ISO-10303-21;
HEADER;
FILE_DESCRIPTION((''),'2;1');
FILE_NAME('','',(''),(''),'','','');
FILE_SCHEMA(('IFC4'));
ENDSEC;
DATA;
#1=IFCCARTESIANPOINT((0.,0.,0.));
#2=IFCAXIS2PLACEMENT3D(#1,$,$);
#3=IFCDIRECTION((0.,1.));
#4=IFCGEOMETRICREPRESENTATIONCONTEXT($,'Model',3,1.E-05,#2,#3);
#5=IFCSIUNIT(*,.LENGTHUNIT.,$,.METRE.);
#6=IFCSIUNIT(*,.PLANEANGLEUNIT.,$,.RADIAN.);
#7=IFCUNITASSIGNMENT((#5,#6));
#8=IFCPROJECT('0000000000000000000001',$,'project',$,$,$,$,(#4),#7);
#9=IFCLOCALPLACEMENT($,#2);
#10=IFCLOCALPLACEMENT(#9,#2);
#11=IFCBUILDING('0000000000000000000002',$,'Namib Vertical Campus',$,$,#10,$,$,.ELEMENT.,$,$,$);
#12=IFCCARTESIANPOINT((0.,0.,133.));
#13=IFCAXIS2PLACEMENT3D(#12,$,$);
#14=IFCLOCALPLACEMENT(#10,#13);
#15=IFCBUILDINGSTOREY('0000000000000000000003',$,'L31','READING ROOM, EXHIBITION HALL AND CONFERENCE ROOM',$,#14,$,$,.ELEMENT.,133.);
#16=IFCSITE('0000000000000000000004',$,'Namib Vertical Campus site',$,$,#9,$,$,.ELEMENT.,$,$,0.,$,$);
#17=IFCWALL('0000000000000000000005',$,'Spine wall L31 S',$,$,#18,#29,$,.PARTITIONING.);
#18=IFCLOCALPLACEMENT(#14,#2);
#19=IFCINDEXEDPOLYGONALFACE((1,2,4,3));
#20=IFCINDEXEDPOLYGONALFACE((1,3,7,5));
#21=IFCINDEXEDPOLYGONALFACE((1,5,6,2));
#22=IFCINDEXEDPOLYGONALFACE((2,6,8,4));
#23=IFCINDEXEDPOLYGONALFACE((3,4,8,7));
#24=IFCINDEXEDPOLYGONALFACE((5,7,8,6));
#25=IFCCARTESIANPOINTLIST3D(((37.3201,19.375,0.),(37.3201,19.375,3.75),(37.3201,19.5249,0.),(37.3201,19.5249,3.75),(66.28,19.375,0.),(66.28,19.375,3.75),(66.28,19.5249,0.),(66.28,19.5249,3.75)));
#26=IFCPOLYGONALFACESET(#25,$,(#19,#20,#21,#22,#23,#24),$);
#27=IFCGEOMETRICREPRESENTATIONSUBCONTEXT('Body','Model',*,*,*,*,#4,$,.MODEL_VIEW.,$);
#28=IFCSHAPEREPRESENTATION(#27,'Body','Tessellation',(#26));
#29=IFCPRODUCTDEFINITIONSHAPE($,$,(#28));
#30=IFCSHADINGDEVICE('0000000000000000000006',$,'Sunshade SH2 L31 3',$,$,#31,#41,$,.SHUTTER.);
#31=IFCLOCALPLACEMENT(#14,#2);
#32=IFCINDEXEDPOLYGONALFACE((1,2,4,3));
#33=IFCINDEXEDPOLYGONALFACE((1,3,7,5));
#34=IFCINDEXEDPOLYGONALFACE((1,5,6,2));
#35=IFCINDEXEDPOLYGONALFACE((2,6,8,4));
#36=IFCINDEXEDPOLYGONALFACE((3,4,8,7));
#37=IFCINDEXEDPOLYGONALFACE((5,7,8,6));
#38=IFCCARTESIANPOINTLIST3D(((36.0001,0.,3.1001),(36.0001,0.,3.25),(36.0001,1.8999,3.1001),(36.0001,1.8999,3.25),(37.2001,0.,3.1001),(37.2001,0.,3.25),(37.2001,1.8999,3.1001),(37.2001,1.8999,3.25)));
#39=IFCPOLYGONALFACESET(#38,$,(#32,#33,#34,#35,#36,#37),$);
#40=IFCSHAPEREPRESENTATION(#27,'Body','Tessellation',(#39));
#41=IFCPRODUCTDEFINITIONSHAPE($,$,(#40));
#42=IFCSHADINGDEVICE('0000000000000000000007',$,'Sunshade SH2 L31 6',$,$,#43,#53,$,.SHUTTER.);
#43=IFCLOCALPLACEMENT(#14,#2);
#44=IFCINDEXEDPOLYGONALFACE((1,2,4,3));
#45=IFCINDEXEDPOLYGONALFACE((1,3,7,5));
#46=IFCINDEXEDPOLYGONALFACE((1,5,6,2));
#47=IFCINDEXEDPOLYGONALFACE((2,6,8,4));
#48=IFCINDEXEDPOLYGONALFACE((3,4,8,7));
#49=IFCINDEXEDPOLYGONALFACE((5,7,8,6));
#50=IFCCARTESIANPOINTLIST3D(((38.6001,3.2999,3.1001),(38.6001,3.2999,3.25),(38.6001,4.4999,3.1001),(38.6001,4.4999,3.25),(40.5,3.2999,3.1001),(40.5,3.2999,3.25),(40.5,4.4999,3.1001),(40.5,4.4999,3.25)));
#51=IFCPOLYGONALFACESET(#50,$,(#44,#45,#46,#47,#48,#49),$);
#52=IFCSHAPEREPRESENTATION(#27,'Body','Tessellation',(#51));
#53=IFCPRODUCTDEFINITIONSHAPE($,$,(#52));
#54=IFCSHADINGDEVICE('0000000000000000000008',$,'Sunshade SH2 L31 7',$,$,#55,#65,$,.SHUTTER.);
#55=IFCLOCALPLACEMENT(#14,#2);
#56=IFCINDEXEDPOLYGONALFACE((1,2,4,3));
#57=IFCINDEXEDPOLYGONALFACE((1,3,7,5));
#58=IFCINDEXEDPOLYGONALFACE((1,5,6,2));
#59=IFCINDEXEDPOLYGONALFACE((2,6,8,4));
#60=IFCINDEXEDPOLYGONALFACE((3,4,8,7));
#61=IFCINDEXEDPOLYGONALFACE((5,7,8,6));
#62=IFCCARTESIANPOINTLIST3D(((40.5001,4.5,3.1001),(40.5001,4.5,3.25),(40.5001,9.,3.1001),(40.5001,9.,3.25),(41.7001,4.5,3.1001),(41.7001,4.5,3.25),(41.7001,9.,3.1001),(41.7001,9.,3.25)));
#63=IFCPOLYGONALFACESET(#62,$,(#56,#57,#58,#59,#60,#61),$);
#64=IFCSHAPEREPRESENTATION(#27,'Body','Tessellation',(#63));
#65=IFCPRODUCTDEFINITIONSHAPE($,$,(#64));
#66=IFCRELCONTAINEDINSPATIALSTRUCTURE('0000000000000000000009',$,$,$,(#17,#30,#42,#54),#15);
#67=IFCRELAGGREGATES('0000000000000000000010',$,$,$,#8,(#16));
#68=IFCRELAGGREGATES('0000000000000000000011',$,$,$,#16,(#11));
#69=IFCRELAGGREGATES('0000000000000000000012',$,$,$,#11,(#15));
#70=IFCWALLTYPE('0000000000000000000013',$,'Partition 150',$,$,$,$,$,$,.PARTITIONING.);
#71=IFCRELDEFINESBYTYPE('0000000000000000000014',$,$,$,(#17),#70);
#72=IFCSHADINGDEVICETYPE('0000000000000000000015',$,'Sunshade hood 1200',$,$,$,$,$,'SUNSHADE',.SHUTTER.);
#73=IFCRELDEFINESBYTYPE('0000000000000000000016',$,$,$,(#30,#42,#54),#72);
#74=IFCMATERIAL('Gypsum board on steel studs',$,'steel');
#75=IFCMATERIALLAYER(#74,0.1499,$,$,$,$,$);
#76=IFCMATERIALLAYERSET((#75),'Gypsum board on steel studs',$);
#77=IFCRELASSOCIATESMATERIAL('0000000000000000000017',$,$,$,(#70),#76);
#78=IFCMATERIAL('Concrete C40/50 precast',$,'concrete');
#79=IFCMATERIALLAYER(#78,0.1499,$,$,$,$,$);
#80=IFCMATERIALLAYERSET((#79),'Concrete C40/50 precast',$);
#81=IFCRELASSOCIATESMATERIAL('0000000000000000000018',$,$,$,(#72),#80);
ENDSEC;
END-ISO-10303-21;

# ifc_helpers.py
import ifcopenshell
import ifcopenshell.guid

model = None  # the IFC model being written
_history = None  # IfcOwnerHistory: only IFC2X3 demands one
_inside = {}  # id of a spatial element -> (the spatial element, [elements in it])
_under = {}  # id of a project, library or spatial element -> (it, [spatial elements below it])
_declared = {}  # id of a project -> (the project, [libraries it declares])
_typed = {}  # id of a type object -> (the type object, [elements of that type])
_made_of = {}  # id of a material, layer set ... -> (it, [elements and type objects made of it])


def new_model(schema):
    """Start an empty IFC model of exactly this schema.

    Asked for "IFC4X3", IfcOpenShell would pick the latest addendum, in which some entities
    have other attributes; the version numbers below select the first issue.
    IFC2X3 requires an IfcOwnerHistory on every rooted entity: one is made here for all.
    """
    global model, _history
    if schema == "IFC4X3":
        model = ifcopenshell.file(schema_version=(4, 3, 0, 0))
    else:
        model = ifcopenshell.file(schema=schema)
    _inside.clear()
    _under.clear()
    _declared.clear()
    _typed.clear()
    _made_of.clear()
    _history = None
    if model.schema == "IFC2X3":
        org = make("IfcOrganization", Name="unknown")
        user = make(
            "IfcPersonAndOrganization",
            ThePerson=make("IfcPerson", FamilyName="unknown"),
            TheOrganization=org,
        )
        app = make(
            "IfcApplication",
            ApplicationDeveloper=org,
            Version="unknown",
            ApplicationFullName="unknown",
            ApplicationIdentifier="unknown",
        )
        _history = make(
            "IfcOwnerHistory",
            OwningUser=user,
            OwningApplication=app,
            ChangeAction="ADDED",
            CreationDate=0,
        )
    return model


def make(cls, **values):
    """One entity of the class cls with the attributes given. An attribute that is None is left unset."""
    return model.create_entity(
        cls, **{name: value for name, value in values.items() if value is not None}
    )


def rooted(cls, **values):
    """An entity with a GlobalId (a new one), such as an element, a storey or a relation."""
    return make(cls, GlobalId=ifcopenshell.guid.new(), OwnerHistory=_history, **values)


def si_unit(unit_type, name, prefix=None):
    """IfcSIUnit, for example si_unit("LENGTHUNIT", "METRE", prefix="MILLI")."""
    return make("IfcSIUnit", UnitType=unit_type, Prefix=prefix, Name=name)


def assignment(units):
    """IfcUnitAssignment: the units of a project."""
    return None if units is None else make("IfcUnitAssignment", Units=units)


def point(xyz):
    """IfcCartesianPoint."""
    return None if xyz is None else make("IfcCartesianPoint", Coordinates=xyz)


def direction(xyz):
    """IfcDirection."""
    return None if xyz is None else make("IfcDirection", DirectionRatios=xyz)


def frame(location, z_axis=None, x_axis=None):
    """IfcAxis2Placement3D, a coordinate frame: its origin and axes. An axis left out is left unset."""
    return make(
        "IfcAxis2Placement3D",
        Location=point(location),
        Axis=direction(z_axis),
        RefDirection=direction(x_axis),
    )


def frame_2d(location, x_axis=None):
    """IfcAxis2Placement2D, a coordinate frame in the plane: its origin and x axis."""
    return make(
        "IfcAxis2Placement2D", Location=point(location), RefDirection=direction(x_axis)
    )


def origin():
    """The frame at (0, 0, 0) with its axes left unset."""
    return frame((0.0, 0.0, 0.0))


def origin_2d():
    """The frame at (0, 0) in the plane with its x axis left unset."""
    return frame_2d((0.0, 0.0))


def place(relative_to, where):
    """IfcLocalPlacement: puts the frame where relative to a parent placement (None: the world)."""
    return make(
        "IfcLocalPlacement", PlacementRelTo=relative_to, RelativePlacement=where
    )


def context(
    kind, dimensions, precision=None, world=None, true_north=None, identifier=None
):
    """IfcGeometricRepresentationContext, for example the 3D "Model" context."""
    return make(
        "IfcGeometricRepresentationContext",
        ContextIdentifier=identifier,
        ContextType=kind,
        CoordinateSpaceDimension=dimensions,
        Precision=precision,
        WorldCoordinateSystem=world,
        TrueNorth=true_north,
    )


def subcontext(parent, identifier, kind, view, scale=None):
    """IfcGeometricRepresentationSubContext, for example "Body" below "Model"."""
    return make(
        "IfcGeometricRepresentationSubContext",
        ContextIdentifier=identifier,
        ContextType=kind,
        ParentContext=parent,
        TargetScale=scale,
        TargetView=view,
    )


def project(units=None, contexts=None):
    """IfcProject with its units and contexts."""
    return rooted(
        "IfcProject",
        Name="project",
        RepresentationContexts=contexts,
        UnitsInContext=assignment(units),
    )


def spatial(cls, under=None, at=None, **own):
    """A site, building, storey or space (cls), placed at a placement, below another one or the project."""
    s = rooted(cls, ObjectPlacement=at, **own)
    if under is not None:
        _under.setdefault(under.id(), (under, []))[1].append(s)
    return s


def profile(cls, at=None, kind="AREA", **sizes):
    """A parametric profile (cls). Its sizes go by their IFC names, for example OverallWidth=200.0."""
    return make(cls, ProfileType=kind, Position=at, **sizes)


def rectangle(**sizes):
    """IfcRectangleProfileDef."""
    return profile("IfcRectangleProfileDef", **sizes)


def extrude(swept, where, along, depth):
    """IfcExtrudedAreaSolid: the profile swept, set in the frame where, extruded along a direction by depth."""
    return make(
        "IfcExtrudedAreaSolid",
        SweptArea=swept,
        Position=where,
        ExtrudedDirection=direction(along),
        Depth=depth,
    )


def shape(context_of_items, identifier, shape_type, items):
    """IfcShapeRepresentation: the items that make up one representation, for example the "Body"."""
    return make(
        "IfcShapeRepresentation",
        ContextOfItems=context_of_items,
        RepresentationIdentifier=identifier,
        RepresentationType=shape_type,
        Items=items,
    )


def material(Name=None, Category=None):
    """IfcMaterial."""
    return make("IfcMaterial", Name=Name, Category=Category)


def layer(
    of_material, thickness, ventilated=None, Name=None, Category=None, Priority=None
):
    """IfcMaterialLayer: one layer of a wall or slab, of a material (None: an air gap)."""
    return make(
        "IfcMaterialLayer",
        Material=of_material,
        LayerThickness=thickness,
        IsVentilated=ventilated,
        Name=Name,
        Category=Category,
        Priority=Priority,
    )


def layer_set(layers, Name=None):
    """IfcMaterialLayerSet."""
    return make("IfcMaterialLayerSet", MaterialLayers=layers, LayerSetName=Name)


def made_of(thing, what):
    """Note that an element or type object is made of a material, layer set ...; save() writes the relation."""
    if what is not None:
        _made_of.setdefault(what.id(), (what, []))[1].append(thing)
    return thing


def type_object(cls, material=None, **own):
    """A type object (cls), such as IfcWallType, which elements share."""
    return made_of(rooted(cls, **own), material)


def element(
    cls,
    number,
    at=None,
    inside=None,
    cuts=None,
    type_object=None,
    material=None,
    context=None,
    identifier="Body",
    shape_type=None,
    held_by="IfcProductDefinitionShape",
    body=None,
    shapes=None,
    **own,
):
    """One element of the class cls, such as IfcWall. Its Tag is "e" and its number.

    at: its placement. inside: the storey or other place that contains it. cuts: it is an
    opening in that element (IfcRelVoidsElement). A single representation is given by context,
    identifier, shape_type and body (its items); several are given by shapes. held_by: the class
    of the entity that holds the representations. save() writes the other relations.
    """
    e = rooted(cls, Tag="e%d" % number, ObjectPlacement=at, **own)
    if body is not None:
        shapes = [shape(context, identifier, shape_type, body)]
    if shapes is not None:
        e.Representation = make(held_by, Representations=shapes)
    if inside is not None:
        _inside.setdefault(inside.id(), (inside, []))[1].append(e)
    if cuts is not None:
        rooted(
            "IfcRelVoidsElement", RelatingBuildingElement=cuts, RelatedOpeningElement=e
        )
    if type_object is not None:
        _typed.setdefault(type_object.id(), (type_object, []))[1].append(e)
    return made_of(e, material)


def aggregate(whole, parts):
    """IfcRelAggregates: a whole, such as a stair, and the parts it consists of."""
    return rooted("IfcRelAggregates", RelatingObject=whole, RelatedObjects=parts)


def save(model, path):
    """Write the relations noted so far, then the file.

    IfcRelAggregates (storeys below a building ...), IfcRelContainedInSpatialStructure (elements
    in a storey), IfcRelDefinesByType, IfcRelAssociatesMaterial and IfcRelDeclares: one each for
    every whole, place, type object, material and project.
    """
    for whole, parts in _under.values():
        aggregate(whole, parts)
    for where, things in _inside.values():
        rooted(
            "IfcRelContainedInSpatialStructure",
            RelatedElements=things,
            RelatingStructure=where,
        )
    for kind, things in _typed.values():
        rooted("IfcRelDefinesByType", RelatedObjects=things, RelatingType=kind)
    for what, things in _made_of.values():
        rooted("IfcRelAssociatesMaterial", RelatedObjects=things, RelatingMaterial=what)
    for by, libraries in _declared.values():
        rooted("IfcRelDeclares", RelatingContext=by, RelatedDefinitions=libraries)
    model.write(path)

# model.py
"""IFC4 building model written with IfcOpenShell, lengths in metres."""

from ifc_helpers import new_model, si_unit, direction, frame, frame_2d, origin, origin_2d, place, context, subcontext, project, spatial, rectangle, extrude, material, layer, layer_set, type_object, element, save


model = new_model("IFC4")

# Units and contexts
model_context = context("Model", 3, precision=1e-05, world=origin(), true_north=direction((0.0, 1.0)))
body_context = subcontext(model_context, "Body", "Model", "MODEL_VIEW")
ifc_project = project(units=[si_unit("LENGTHUNIT", "METRE"), si_unit("PLANEANGLEUNIT", "RADIAN")], contexts=[model_context])

# Site, building, storey
site_placement = place(None, origin())
site = spatial("IfcSite", under=ifc_project, at=site_placement, Name="Namib Vertical Campus site", CompositionType="ELEMENT", RefElevation=0.0)
building_placement = place(site_placement, origin())
building = spatial("IfcBuilding", under=site, at=building_placement, Name="Namib Vertical Campus", CompositionType="ELEMENT")
storey_placement = place(building_placement, frame((0.0, 0.0, 133.0)))
storey = spatial("IfcBuildingStorey", under=building, at=storey_placement, Name="L31", Description="READING ROOM, EXHIBITION HALL AND CONFERENCE ROOM", CompositionType="ELEMENT", Elevation=133.0)

# Wall
ifc_material_1 = material(Name="Gypsum board on steel studs", Category="steel")
ifc_layer_1 = layer(ifc_material_1, 0.1499)
ifc_layer_set_1 = layer_set([ifc_layer_1], Name="Gypsum board on steel studs")
wall_type_1 = type_object("IfcWallType", Name="Partition 150", PredefinedType="PARTITIONING", material=ifc_layer_set_1)
wall_1_placement = place(storey_placement, frame((37.3201, 19.45, 0.0), z_axis=(0.0, 0.0, 1.0), x_axis=(1.0, 0.0, 0.0)))
element("IfcWall", 1, at=wall_1_placement, inside=storey, type_object=wall_type_1, Name="Spine wall L31 S", PredefinedType="PARTITIONING", context=body_context, shape_type="SweptSolid", body=[
    extrude(rectangle(XDim=28.96, YDim=0.1499, at=frame_2d((14.48, 0.0))), origin(), (0.0, 0.0, 1.0), 3.75),
])

# Shading devices
ifc_material_2 = material(Name="Concrete C40/50 precast", Category="concrete")
ifc_layer_2 = layer(ifc_material_2, 0.1499)
ifc_layer_set_2 = layer_set([ifc_layer_2], Name="Concrete C40/50 precast")
shading_device_type = type_object("IfcShadingDeviceType", Name="Sunshade hood 1200", ElementType="SUNSHADE", PredefinedType="SHUTTER", material=ifc_layer_set_2)
for number, where, z_axis, x_axis, name in (
    (2, (36.6001, 0.95, 3.1001), (0.0, 0.0, 1.0), (0.0, 1.0, 0.0), "Sunshade SH2 L31 3"),
    (3, (39.55, 3.8999, 3.1001), (0.0, 0.0, 1.0), (1.0, 0.0, 0.0), "Sunshade SH2 L31 6"),
):
    element("IfcShadingDevice", number, at=place(storey_placement, frame(where, z_axis=z_axis, x_axis=x_axis)), inside=storey, type_object=shading_device_type, Name=name, PredefinedType="SHUTTER", context=body_context, shape_type="SweptSolid", body=[
        extrude(rectangle(XDim=1.8999, YDim=1.2, at=origin_2d()), origin(), (0.0, 0.0, 1.0), 0.1499),
    ])
shading_device_placement = place(storey_placement, frame((41.1001, 6.75, 3.1001), z_axis=(0.0, 0.0, 1.0), x_axis=(0.0, 1.0, 0.0)))
element("IfcShadingDevice", 4, at=shading_device_placement, inside=storey, type_object=shading_device_type, Name="Sunshade SH2 L31 7", PredefinedType="SHUTTER", context=body_context, shape_type="SweptSolid", body=[
    extrude(rectangle(XDim=4.5, YDim=1.2, at=origin_2d()), origin(), (0.0, 0.0, 1.0), 0.1499),
])

save(model, "model.ifc")
